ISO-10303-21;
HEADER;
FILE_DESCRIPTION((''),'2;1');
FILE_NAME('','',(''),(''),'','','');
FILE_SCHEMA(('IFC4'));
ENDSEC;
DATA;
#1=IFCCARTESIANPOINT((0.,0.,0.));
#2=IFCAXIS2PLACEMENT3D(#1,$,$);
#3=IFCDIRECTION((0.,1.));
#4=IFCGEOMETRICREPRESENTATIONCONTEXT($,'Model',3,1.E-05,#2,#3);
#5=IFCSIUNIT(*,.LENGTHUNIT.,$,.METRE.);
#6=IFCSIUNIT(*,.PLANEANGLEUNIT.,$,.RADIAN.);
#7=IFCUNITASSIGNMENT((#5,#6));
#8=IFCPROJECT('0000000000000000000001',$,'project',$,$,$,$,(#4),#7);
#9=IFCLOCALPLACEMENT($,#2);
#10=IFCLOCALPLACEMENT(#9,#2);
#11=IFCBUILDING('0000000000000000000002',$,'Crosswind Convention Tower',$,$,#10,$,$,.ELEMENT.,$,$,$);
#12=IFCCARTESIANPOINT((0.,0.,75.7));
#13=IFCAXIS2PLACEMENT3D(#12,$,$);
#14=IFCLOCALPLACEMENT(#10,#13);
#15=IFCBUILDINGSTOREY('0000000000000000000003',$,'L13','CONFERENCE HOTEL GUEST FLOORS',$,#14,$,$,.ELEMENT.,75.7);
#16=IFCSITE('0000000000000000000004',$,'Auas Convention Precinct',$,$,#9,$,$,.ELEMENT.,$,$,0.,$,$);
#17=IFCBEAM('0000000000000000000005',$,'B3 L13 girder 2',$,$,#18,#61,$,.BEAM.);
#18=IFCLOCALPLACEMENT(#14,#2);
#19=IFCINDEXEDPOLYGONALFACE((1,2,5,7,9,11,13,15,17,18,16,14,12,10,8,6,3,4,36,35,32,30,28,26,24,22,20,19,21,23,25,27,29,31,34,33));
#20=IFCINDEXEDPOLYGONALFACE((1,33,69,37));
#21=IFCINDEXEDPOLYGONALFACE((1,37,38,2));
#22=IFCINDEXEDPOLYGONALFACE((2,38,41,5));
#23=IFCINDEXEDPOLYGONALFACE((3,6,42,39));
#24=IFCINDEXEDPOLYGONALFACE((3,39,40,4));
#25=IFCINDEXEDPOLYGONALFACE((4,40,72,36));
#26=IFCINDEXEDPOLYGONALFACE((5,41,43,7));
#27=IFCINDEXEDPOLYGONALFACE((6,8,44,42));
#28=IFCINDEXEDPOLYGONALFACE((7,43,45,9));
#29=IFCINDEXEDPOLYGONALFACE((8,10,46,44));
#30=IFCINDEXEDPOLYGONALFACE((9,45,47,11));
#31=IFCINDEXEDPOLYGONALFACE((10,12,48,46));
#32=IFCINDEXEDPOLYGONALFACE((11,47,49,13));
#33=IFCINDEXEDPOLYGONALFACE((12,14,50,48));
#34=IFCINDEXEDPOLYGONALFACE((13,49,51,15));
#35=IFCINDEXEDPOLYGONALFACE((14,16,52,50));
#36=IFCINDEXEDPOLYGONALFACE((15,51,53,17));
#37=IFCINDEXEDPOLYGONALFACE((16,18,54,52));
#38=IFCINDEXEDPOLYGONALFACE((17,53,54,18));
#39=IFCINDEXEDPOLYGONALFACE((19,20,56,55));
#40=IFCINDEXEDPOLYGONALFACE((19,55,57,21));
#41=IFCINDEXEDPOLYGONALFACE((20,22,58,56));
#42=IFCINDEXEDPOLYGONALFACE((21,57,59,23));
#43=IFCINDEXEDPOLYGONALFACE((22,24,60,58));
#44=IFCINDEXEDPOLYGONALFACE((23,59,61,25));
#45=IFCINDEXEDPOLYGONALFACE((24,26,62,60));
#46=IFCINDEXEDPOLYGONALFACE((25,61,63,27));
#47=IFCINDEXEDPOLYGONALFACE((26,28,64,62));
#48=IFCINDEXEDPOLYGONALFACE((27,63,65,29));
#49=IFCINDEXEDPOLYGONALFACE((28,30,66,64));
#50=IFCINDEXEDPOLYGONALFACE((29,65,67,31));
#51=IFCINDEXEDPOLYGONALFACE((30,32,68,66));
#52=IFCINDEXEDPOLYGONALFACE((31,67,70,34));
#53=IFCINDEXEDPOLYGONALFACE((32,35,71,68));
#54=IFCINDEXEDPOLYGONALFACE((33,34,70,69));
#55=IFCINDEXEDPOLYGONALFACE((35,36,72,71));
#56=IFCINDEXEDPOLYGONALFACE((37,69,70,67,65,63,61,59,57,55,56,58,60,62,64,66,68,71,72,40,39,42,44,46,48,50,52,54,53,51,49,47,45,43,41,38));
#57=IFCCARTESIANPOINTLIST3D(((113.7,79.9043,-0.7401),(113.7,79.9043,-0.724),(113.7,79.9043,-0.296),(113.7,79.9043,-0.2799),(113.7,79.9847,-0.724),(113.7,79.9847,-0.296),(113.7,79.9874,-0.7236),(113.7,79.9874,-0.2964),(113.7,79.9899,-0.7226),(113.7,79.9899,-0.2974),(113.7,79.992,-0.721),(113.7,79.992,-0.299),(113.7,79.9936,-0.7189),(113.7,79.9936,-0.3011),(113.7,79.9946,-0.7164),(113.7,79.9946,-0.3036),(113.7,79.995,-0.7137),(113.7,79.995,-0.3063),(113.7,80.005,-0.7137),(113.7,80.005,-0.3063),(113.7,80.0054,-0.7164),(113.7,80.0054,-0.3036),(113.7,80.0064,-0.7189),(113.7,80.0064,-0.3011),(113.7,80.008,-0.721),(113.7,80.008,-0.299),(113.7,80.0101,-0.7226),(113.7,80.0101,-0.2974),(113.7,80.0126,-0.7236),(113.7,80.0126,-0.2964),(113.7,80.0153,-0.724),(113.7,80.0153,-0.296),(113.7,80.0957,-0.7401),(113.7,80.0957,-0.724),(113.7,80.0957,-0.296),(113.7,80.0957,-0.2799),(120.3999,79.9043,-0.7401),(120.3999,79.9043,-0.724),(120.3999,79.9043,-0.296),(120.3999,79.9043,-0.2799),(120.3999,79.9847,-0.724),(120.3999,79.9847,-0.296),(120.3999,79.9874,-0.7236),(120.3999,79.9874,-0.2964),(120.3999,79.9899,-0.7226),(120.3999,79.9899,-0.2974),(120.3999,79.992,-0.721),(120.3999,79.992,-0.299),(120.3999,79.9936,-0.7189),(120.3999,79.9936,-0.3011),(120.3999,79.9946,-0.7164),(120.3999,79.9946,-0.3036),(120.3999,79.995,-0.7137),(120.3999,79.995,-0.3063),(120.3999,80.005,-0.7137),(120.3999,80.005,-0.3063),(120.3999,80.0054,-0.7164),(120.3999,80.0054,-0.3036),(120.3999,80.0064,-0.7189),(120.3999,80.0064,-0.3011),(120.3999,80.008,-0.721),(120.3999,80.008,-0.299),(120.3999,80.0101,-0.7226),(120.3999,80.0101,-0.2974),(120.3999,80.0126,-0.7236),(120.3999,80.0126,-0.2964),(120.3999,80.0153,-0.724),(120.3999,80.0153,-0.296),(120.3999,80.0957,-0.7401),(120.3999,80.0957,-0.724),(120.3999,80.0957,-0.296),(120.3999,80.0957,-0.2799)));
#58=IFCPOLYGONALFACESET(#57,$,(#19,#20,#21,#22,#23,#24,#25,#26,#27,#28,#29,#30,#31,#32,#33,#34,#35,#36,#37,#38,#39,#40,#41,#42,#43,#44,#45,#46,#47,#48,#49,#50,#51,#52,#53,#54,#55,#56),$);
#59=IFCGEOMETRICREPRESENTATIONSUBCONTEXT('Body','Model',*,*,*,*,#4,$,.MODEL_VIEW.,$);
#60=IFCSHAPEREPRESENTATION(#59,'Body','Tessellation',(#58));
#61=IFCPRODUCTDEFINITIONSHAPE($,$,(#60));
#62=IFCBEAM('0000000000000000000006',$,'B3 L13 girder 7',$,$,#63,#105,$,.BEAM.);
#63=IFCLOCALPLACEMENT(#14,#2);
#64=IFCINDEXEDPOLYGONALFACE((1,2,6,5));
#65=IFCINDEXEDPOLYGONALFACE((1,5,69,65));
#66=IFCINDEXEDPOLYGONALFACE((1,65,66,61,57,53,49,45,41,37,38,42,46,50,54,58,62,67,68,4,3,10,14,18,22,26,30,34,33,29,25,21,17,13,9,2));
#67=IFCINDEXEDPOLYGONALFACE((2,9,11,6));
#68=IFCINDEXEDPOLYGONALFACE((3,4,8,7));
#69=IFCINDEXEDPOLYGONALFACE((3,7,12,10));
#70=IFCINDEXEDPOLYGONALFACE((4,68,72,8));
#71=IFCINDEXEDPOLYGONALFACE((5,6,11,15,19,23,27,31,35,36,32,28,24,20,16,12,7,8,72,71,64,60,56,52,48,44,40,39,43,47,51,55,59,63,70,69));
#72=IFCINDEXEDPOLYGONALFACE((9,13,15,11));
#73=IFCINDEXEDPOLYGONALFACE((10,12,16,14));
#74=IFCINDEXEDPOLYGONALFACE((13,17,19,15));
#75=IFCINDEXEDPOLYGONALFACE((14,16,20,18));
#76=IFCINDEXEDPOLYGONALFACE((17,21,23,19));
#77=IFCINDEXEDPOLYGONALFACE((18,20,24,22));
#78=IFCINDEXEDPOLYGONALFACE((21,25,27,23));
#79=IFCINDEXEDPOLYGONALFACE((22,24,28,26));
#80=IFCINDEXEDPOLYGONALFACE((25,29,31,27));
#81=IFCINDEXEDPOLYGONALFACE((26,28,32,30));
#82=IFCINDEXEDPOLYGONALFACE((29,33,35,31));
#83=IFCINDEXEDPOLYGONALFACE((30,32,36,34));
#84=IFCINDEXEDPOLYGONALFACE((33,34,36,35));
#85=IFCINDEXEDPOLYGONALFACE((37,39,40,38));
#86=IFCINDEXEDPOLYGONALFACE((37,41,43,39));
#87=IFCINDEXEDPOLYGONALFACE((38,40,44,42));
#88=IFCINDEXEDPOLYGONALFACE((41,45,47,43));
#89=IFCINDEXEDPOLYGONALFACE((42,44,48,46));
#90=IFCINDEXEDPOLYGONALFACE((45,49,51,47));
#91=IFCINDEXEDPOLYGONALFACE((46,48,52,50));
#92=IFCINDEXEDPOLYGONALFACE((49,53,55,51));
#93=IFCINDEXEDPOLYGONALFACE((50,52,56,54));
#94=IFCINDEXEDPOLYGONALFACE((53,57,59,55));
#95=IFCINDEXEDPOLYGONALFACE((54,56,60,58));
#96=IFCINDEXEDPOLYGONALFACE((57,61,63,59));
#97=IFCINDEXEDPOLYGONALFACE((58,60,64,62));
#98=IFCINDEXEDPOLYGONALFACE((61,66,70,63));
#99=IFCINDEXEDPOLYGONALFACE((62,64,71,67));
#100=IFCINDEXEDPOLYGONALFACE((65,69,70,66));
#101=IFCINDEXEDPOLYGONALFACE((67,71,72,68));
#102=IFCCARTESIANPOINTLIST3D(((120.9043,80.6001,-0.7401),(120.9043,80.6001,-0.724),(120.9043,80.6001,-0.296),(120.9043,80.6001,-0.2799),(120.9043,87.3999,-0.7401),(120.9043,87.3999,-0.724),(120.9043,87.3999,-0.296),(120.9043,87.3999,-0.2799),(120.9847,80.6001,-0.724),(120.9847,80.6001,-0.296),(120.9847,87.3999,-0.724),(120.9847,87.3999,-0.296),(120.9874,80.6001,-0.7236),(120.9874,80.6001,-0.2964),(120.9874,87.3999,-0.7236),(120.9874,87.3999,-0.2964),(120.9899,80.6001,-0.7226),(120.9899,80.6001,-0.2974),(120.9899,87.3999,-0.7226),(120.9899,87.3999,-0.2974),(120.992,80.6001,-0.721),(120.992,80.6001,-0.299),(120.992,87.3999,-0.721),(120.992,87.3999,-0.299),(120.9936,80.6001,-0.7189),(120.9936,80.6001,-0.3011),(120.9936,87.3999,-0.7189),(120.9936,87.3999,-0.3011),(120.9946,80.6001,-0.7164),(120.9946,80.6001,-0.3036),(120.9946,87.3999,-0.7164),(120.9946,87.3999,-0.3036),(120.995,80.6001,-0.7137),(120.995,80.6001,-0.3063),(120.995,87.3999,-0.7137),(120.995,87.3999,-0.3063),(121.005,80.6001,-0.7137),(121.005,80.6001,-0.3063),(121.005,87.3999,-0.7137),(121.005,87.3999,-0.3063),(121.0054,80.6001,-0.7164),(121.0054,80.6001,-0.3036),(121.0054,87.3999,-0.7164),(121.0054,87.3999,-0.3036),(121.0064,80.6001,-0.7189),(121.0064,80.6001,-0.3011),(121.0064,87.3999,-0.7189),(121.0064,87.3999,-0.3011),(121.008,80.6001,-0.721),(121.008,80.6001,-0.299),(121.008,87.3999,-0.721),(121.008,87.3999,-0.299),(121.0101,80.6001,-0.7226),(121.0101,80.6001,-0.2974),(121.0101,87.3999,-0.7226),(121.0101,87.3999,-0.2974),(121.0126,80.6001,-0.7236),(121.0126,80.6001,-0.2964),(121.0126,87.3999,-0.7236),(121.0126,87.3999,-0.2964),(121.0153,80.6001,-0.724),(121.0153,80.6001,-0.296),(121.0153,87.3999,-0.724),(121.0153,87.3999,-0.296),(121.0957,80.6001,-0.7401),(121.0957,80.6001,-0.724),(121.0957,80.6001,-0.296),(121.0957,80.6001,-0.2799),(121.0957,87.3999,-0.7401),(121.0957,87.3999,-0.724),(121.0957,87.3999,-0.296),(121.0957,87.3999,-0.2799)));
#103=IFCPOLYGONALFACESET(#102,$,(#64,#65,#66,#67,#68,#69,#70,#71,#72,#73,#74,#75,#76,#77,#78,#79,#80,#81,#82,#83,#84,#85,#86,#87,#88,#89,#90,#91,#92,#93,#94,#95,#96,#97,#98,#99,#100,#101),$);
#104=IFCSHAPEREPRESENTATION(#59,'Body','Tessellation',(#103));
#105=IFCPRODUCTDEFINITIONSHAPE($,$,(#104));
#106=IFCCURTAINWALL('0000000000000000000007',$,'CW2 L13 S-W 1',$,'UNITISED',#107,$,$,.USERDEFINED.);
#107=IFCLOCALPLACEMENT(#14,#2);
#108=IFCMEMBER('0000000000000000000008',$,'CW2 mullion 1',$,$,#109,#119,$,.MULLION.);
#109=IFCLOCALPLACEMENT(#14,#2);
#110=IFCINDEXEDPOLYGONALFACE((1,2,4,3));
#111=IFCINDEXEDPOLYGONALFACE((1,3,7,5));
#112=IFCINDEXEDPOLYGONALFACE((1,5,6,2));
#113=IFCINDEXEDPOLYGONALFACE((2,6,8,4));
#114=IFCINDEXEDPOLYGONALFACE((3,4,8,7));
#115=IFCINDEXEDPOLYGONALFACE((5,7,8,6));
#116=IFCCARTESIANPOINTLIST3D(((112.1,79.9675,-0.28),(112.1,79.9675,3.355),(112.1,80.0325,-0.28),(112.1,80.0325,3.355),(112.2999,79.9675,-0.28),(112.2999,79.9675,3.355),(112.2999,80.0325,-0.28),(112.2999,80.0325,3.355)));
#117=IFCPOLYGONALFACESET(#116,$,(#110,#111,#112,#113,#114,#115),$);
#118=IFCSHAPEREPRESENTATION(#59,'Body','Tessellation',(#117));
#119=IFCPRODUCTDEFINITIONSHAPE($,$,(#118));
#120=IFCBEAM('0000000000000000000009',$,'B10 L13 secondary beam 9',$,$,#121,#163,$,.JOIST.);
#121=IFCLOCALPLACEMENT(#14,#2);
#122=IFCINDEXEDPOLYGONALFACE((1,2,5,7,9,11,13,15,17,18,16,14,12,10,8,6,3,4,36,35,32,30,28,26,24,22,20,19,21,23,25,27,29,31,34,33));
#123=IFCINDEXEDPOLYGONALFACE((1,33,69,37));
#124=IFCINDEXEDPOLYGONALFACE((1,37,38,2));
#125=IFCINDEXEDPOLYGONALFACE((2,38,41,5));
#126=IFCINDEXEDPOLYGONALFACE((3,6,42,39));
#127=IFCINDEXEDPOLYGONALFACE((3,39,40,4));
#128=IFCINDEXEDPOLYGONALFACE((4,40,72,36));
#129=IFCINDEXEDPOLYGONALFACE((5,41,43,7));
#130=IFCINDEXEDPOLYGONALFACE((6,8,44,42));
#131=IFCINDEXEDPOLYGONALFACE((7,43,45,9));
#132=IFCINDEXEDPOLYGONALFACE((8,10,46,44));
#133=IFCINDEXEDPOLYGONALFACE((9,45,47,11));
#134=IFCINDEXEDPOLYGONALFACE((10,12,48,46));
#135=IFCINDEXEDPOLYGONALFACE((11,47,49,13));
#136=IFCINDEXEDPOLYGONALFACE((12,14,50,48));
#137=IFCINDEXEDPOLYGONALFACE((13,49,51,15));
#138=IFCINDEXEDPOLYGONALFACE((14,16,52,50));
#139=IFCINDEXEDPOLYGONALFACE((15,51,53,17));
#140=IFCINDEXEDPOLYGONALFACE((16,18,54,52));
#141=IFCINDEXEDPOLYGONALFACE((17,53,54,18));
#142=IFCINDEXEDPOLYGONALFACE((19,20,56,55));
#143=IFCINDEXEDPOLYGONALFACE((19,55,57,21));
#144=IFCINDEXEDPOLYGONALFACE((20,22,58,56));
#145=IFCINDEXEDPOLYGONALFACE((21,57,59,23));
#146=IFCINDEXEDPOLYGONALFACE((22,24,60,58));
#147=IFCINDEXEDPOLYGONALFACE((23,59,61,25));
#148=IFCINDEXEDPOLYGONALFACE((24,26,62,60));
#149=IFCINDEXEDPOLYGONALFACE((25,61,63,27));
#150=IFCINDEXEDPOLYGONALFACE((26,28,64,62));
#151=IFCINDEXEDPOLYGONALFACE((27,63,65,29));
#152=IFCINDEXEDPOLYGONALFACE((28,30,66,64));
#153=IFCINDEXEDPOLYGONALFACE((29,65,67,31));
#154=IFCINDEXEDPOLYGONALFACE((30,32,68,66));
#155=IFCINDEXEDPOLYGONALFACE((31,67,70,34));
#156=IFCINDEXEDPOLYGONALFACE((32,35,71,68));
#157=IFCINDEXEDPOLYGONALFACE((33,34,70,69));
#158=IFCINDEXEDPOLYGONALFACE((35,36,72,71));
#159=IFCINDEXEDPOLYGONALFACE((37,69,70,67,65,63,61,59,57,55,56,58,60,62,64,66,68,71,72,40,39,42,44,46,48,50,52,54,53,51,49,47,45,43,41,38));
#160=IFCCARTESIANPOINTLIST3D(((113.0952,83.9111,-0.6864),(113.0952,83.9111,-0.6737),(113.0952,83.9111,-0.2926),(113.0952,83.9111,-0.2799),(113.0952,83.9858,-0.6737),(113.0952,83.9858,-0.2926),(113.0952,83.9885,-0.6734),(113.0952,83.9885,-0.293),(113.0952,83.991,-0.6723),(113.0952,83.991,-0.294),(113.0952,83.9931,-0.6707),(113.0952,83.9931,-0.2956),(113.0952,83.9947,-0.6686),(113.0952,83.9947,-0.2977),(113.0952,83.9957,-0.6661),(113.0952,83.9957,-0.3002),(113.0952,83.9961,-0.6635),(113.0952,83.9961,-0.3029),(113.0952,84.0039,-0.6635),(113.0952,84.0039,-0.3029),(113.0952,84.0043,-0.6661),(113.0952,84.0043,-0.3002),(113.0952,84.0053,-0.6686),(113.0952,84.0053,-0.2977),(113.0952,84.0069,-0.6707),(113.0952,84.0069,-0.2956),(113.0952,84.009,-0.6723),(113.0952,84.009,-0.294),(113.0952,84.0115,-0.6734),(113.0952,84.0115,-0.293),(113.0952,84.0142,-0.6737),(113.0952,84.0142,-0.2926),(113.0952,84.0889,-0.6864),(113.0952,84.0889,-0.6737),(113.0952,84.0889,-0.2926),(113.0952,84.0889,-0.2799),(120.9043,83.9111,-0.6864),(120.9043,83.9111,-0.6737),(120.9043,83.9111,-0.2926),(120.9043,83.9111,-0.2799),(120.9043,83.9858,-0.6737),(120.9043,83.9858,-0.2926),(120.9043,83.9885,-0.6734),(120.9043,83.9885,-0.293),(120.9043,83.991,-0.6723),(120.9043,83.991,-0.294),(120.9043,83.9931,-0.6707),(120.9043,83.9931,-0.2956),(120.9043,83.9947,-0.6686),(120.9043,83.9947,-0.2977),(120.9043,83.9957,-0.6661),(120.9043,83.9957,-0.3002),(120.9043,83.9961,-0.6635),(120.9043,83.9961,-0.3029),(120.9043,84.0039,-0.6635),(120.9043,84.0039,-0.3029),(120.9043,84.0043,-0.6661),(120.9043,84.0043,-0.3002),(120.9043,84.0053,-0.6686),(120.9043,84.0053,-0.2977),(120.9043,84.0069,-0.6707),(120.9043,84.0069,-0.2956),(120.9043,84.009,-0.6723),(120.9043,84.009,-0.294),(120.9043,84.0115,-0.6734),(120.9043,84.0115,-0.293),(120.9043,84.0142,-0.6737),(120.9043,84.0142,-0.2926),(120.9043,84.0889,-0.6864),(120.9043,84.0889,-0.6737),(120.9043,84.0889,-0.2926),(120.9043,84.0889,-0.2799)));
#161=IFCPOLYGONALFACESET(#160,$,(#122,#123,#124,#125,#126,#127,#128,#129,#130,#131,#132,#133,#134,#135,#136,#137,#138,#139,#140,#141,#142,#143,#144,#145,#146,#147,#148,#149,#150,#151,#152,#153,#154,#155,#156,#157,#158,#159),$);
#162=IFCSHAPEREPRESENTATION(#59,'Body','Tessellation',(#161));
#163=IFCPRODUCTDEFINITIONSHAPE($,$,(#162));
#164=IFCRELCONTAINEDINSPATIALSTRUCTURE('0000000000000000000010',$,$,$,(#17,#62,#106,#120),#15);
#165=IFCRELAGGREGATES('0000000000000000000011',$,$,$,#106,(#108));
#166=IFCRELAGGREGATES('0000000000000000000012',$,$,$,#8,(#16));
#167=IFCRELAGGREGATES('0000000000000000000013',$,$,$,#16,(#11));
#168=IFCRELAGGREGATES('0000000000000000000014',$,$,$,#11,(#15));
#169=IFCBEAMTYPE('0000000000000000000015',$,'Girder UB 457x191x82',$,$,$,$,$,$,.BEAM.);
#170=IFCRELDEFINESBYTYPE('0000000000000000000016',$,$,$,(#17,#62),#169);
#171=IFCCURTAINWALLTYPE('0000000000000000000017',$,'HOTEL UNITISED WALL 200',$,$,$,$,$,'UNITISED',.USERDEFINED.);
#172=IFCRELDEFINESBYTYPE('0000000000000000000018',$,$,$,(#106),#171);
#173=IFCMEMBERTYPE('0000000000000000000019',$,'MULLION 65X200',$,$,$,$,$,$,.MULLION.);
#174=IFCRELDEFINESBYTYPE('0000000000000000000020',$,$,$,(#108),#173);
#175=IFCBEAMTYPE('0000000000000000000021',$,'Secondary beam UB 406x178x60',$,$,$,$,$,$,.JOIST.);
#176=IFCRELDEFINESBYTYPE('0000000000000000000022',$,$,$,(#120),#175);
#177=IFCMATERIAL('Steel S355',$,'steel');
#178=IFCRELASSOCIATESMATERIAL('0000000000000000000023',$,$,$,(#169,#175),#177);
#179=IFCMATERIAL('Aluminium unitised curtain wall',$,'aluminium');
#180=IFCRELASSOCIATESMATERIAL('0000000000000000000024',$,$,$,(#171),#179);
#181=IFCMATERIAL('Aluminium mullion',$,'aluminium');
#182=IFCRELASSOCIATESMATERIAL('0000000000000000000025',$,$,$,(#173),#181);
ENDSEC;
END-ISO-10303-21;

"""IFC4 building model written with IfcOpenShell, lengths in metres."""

from ifc_helpers import new_model, si_unit, direction, frame, origin, origin_2d, place, context, subcontext, project, spatial, rectangle, i_section, extrude, material, material_profile, profile_set, type_object, element, aggregate, save


model = new_model("IFC4")

# Units and contexts
model_context = context("Model", 3, precision=1e-05, world=origin(), true_north=direction((0.0, 1.0)))
body_context = subcontext(model_context, "Body", "Model", "MODEL_VIEW")
ifc_project = project(units=[si_unit("LENGTHUNIT", "METRE"), si_unit("PLANEANGLEUNIT", "RADIAN")], contexts=[model_context])

# Site, building, storey
site_placement = place(None, origin())
site = spatial("IfcSite", under=ifc_project, at=site_placement, Name="Auas Convention Precinct", CompositionType="ELEMENT", RefElevation=0.0)
building_placement = place(site_placement, origin())
building = spatial("IfcBuilding", under=site, at=building_placement, Name="Crosswind Convention Tower", CompositionType="ELEMENT")
storey_placement = place(building_placement, frame((0.0, 0.0, 75.7)))
storey = spatial("IfcBuildingStorey", under=building, at=storey_placement, Name="L13", Description="CONFERENCE HOTEL GUEST FLOORS", CompositionType="ELEMENT", Elevation=75.7)

# Beams
ifc_material_1 = material(Name="Steel S355", Category="steel")
ifc_material_profile_1 = material_profile(ifc_material_1, i_section(OverallWidth=0.1914, OverallDepth=0.4602, WebThickness=0.01, FlangeThickness=0.0161, FilletRadius=0.0103, at=origin_2d()), Name="UB 457x191x82")
ifc_profile_set_1 = profile_set([ifc_material_profile_1], Name="Steel S355")
beam_type_1 = type_object("IfcBeamType", Name="Girder UB 457x191x82", PredefinedType="BEAM", material=ifc_profile_set_1)
beam_1_placement = place(storey_placement, frame((113.7, 80.0, -0.51), z_axis=(1.0, 0.0, 0.0), x_axis=(0.0, 1.0, 0.0)))
element("IfcBeam", 1, at=beam_1_placement, inside=storey, type_object=beam_type_1, Name="B3 L13 girder 2", PredefinedType="BEAM", context=body_context, shape_type="SweptSolid", body=[
    extrude(i_section(OverallWidth=0.1914, OverallDepth=0.4602, WebThickness=0.01, FlangeThickness=0.0161, FilletRadius=0.0103, at=origin_2d()), origin(), (0.0, 0.0, 1.0), 6.7),
])
beam_2_placement = place(storey_placement, frame((121.0, 80.6001, -0.51), z_axis=(0.0, 1.0, 0.0), x_axis=(-1.0, 0.0, 0.0)))
element("IfcBeam", 2, at=beam_2_placement, inside=storey, type_object=beam_type_1, Name="B3 L13 girder 7", PredefinedType="BEAM", context=body_context, shape_type="SweptSolid", body=[
    extrude(i_section(OverallWidth=0.1914, OverallDepth=0.4602, WebThickness=0.01, FlangeThickness=0.0161, FilletRadius=0.0103, at=origin_2d()), origin(), (0.0, 0.0, 1.0), 6.7998),
])

# Curtain wall, member
ifc_material_2 = material(Name="Aluminium unitised curtain wall", Category="aluminium")
curtain_wall_type = type_object("IfcCurtainWallType", Name="HOTEL UNITISED WALL 200", ElementType="UNITISED", PredefinedType="USERDEFINED", material=ifc_material_2)
curtain_wall_placement = place(storey_placement, origin())
curtain_wall = element("IfcCurtainWall", 3, at=curtain_wall_placement, inside=storey, type_object=curtain_wall_type, Name="CW2 L13 S-W 1", ObjectType="UNITISED", PredefinedType="USERDEFINED")
ifc_material_3 = material(Name="Aluminium mullion", Category="aluminium")
ifc_material_profile_2 = material_profile(ifc_material_3, rectangle(XDim=0.2, YDim=0.0649, at=origin_2d()), Name="AL 200X65")
ifc_profile_set_2 = profile_set([ifc_material_profile_2], Name="Aluminium mullion")
member_type_1 = type_object("IfcMemberType", Name="MULLION 65X200", PredefinedType="MULLION", material=ifc_profile_set_2)
member_1_placement = place(storey_placement, frame((112.2, 80.0, -0.28), z_axis=(0.0, 0.0, 1.0), x_axis=(-1.0, 0.0, 0.0)))
member_1 = element("IfcMember", 4, at=member_1_placement, type_object=member_type_1, Name="CW2 mullion 1", PredefinedType="MULLION", context=body_context, shape_type="SweptSolid", body=[
    extrude(rectangle(XDim=0.2, YDim=0.0649, at=origin_2d()), origin(), (0.0, 0.0, 1.0), 3.635),
])

# Beam
ifc_material_profile_3 = material_profile(ifc_material_1, i_section(OverallWidth=0.1777, OverallDepth=0.4065, WebThickness=0.0078, FlangeThickness=0.0127, FilletRadius=0.0103, at=origin_2d()), Name="UB 406x178x60")
ifc_profile_set_3 = profile_set([ifc_material_profile_3], Name="Steel S355")
beam_type_2 = type_object("IfcBeamType", Name="Secondary beam UB 406x178x60", PredefinedType="JOIST", material=ifc_profile_set_3)
beam_3_placement = place(storey_placement, frame((113.0952, 84.0, -0.4832), z_axis=(1.0, 0.0, 0.0), x_axis=(0.0, 1.0, 0.0)))
element("IfcBeam", 5, at=beam_3_placement, inside=storey, type_object=beam_type_2, Name="B10 L13 secondary beam 9", PredefinedType="JOIST", context=body_context, shape_type="SweptSolid", body=[
    extrude(i_section(OverallWidth=0.1777, OverallDepth=0.4065, WebThickness=0.0078, FlangeThickness=0.0127, FilletRadius=0.0103, at=origin_2d()), origin(), (0.0, 0.0, 1.0), 7.8091),
])

aggregate(curtain_wall, [member_1])

save(model, "model.ifc")
